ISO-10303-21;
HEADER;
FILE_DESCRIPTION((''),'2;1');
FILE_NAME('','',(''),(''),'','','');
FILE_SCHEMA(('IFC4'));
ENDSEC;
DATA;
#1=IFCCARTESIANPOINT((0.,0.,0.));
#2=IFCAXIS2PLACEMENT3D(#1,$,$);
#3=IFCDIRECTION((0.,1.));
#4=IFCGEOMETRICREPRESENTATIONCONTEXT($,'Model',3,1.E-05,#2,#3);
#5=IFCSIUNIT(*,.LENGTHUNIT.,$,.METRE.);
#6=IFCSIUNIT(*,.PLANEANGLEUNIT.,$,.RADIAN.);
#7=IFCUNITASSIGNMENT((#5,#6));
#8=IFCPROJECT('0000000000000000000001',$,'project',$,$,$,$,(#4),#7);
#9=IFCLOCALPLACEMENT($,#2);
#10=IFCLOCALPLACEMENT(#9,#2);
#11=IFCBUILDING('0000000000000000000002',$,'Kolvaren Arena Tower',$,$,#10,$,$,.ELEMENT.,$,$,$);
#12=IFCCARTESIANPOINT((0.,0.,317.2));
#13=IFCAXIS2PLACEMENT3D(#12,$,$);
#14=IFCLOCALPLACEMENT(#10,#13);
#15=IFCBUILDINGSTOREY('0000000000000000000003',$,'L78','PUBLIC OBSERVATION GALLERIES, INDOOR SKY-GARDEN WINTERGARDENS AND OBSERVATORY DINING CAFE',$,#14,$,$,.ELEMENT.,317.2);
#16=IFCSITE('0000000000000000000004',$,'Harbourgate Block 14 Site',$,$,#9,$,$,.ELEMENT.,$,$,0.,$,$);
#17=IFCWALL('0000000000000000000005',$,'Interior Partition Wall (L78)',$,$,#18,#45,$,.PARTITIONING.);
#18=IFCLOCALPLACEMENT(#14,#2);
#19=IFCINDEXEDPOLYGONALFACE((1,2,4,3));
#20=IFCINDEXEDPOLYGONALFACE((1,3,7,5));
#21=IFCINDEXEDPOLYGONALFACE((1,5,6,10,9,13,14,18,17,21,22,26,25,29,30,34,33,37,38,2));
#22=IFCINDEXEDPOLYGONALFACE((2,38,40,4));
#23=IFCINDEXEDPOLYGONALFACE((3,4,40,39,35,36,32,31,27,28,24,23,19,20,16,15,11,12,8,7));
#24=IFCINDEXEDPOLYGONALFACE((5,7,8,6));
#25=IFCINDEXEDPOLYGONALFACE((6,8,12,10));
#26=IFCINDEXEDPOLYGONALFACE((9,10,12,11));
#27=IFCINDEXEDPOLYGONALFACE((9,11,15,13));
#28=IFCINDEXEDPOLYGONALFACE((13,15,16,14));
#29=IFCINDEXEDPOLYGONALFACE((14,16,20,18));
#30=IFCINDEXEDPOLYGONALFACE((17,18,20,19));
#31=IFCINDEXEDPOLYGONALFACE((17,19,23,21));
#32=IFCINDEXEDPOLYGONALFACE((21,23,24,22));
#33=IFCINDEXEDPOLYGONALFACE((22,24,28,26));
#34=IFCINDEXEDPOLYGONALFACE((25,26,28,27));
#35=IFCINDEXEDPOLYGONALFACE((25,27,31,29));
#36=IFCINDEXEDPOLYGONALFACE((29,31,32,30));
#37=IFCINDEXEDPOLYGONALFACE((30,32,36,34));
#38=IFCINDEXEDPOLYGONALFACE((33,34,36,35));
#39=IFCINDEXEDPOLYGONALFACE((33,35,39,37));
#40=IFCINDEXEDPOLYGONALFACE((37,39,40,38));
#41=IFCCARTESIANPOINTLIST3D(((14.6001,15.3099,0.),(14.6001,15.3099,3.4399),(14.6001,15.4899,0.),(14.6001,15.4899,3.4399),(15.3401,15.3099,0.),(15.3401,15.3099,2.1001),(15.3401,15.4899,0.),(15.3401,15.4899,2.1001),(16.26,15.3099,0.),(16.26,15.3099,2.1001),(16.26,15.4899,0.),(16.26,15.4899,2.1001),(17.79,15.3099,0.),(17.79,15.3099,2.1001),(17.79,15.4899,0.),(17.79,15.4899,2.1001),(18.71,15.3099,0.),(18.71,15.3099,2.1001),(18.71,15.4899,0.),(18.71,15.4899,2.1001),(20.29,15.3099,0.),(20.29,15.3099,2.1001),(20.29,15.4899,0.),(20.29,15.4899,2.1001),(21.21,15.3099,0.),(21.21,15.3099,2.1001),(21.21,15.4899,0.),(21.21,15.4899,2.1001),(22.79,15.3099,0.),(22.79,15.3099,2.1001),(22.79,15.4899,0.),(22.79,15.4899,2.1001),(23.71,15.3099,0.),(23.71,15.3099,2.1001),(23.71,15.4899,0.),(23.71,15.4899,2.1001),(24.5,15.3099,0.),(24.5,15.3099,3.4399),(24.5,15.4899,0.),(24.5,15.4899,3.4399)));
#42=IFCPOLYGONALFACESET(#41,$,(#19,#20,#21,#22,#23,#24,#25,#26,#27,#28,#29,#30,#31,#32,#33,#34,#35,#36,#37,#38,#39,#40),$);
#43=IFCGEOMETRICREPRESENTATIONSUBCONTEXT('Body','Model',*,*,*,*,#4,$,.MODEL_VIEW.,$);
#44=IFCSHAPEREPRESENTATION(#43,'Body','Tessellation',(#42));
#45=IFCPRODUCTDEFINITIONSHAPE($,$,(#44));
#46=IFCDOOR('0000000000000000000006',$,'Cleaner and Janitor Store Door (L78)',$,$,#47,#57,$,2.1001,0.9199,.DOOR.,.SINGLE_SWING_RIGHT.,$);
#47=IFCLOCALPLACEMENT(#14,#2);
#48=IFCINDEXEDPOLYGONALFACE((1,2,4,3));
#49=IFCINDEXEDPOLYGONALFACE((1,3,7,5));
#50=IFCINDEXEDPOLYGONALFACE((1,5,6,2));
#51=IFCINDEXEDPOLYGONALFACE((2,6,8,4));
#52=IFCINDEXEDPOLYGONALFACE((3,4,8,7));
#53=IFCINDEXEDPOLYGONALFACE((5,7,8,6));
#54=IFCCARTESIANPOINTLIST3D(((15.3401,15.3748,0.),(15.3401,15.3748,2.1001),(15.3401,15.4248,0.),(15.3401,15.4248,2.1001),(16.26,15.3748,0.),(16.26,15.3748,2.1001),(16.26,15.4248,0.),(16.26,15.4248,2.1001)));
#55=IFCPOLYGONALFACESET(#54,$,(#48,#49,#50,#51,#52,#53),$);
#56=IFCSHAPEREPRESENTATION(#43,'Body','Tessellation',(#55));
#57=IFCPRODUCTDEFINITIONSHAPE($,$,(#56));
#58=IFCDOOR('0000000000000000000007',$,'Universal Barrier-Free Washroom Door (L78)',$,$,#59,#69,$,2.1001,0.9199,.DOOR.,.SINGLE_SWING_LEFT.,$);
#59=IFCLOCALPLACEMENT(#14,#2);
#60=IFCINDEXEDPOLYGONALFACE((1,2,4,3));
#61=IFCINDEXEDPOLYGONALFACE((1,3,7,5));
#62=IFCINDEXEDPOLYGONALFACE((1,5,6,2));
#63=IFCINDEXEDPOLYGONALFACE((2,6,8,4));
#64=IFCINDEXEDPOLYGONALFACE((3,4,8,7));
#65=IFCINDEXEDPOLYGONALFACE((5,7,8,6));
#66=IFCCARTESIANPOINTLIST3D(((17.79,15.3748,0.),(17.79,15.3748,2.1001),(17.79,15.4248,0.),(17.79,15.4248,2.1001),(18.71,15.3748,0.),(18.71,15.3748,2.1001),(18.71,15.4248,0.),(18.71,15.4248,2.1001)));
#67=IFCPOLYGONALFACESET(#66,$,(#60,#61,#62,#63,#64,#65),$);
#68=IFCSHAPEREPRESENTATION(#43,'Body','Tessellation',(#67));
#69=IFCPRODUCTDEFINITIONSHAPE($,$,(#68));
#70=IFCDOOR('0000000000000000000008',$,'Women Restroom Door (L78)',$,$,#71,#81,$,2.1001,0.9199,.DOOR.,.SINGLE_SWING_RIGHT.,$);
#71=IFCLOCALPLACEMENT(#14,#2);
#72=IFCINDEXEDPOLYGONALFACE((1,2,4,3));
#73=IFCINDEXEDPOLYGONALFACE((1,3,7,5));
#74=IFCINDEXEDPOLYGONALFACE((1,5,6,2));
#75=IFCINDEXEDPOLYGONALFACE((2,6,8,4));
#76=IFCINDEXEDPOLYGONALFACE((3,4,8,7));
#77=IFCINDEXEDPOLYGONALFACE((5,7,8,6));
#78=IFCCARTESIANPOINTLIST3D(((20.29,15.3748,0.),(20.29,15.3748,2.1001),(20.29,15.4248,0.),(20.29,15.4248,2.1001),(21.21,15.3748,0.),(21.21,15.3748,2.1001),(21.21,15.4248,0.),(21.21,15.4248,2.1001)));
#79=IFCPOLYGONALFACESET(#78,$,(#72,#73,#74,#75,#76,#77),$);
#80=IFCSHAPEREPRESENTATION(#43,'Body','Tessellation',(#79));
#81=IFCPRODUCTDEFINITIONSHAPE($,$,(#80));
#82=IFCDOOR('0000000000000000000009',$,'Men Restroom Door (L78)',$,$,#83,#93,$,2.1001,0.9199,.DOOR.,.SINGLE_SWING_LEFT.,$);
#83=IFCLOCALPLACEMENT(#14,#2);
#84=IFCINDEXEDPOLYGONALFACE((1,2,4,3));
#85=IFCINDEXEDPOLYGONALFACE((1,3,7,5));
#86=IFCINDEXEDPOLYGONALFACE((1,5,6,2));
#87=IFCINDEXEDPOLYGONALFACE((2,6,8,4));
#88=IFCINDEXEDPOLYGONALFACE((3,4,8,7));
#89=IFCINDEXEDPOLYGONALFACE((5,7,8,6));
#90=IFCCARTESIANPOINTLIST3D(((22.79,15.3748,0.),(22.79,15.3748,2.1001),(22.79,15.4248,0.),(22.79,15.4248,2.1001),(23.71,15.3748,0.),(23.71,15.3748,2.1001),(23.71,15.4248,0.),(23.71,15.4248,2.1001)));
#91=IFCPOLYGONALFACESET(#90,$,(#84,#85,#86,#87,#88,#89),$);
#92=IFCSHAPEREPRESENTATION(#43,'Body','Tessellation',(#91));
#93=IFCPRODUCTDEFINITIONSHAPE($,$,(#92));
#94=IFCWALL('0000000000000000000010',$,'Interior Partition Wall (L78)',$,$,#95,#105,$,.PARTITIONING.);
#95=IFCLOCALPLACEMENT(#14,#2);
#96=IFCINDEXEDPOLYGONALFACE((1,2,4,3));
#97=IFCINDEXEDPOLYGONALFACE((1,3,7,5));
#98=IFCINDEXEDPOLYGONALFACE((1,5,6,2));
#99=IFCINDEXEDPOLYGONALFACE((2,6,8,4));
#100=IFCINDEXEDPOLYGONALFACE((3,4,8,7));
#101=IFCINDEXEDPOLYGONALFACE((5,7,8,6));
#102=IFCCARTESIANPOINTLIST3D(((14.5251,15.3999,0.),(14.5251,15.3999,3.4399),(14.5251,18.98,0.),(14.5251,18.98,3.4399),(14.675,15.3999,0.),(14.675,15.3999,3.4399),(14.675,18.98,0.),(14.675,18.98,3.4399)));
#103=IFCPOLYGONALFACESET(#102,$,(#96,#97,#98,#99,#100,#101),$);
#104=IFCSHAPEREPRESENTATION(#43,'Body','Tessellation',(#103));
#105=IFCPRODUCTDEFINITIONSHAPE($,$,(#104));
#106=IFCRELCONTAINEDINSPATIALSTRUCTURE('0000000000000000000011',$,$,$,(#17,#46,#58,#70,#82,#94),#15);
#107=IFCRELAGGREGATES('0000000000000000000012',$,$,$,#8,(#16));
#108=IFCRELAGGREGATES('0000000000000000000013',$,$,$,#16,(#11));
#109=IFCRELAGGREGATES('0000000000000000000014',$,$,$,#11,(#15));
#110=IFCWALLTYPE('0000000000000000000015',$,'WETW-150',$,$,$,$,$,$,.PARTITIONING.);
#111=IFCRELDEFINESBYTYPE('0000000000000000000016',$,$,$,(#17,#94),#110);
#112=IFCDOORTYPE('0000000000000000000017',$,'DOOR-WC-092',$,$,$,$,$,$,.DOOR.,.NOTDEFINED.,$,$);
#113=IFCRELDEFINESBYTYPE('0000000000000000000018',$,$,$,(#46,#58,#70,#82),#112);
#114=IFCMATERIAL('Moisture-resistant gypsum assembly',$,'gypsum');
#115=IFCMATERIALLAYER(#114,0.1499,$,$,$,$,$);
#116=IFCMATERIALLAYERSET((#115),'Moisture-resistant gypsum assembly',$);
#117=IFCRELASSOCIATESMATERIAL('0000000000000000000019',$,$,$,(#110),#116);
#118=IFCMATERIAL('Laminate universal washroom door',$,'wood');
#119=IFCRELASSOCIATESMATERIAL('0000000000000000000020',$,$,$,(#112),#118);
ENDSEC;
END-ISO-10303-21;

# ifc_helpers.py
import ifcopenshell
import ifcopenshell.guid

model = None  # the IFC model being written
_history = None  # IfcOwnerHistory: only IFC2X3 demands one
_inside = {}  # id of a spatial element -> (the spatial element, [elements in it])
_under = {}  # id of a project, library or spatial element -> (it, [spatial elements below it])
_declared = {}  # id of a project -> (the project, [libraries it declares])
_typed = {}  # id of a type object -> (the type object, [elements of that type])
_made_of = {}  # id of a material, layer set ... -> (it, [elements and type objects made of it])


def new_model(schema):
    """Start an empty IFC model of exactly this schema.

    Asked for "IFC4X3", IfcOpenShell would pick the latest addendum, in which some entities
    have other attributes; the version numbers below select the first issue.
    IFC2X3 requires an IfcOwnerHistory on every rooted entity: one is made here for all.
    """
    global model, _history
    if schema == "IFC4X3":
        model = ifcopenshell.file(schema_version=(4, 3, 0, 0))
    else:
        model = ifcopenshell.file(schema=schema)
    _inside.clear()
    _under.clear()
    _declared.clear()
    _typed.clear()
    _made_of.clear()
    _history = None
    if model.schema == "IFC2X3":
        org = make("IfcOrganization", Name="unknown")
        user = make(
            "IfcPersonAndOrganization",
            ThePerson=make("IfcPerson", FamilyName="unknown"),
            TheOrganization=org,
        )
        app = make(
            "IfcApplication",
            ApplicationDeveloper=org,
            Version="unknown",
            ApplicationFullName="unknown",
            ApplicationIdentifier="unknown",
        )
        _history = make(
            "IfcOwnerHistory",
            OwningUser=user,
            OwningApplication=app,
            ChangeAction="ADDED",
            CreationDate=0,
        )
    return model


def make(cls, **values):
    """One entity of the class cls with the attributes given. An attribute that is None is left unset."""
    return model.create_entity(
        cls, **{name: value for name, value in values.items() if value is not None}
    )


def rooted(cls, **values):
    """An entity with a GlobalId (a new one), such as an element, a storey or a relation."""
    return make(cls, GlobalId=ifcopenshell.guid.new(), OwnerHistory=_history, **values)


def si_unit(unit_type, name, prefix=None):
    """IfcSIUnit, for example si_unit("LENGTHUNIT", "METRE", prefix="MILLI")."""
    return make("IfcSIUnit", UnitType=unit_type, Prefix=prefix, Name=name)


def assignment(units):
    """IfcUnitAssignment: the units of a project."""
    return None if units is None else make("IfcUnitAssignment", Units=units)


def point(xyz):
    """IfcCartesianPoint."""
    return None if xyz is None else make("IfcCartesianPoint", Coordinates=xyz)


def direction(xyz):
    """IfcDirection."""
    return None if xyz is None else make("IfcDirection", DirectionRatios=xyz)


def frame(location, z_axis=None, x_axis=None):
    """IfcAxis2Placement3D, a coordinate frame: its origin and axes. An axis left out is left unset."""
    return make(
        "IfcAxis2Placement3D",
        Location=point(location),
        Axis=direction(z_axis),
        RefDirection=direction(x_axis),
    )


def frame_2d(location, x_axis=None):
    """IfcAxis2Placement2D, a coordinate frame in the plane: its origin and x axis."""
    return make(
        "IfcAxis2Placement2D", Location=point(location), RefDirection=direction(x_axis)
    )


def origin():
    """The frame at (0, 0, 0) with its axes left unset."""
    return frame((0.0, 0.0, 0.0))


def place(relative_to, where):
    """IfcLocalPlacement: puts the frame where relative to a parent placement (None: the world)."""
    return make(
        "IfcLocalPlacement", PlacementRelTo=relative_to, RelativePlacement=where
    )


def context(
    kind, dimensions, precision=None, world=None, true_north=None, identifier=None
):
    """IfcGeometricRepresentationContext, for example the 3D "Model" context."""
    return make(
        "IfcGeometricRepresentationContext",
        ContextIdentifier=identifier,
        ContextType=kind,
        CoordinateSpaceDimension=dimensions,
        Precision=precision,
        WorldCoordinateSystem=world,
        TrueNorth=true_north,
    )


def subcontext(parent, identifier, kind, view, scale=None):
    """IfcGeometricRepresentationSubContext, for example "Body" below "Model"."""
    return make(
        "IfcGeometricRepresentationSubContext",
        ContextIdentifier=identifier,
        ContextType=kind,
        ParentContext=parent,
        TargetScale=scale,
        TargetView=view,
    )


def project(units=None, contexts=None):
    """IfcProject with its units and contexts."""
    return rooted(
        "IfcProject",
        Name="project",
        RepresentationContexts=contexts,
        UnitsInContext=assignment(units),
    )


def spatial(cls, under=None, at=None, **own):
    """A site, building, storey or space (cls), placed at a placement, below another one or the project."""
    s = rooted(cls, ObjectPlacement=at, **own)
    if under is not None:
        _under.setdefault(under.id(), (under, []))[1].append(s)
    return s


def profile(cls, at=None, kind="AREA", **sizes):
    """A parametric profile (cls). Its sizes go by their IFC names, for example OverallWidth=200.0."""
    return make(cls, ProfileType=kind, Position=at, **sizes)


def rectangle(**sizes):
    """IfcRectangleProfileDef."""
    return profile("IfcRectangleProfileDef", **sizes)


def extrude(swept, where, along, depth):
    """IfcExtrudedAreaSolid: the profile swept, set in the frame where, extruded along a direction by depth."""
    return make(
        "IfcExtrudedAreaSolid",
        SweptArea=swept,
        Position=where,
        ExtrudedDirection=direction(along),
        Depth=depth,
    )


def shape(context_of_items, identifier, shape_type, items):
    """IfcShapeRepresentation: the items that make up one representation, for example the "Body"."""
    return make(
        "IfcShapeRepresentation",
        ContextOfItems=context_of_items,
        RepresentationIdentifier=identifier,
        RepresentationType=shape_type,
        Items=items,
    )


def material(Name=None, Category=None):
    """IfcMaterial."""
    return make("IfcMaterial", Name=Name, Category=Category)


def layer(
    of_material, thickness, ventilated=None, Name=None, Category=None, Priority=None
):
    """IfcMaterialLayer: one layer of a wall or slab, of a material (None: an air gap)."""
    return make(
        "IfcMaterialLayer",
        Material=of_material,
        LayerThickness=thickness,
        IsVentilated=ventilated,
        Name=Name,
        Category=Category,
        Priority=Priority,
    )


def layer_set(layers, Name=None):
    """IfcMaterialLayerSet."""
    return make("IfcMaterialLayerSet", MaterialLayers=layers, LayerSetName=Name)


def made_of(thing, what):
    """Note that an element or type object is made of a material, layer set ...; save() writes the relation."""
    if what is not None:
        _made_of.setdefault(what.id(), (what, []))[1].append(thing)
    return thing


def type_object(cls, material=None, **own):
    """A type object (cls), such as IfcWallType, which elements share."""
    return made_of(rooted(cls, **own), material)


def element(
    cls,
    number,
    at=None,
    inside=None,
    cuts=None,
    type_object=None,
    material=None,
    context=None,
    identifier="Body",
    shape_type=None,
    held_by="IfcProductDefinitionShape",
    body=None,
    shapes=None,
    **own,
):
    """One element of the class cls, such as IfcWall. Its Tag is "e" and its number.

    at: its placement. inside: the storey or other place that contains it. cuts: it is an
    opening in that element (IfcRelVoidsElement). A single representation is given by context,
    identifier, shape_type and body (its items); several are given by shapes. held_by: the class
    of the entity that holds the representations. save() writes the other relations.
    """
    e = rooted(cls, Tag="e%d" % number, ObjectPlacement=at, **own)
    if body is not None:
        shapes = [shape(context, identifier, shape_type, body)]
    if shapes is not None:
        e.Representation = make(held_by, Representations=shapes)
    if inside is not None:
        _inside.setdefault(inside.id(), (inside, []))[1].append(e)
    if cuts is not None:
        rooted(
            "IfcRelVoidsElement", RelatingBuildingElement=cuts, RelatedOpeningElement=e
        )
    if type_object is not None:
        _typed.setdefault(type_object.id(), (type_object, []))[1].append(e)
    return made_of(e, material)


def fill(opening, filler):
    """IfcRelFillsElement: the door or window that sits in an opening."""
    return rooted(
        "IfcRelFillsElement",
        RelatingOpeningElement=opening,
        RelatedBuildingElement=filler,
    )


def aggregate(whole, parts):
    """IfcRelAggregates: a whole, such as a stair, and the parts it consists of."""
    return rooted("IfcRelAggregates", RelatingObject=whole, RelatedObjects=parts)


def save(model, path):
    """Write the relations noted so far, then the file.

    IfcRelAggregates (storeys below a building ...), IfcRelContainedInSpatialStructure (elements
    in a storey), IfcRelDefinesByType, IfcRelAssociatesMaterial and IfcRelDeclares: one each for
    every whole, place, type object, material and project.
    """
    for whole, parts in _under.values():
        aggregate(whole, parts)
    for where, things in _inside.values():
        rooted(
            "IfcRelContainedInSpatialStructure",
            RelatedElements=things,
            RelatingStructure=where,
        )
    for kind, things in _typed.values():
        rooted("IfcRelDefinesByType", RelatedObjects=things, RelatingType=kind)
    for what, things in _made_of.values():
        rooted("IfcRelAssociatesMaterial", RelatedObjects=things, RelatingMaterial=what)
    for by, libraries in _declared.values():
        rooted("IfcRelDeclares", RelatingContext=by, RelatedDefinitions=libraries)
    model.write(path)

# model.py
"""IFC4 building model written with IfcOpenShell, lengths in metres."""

from ifc_helpers import new_model, si_unit, direction, frame, frame_2d, origin, place, context, subcontext, project, spatial, rectangle, extrude, material, layer, layer_set, type_object, element, fill, save


model = new_model("IFC4")

# Units and contexts
model_context = context("Model", 3, precision=1e-05, world=origin(), true_north=direction((0.0, 1.0)))
body_context = subcontext(model_context, "Body", "Model", "MODEL_VIEW")
ifc_project = project(units=[si_unit("LENGTHUNIT", "METRE"), si_unit("PLANEANGLEUNIT", "RADIAN")], contexts=[model_context])

# Site, building, storey
site_placement = place(None, origin())
site = spatial("IfcSite", under=ifc_project, at=site_placement, Name="Harbourgate Block 14 Site", CompositionType="ELEMENT", RefElevation=0.0)
building_placement = place(site_placement, origin())
building = spatial("IfcBuilding", under=site, at=building_placement, Name="Kolvaren Arena Tower", CompositionType="ELEMENT")
storey_placement = place(building_placement, frame((0.0, 0.0, 317.2)))
storey = spatial("IfcBuildingStorey", under=building, at=storey_placement, Name="L78", Description="PUBLIC OBSERVATION GALLERIES, INDOOR SKY-GARDEN WINTERGARDENS AND OBSERVATORY DINING CAFE", CompositionType="ELEMENT", Elevation=317.2)

# Shared definitions
ifc_material_1 = material(Name="Moisture-resistant gypsum assembly", Category="gypsum")
ifc_layer_1 = layer(ifc_material_1, 0.1499)
ifc_layer_set_1 = layer_set([ifc_layer_1], Name="Moisture-resistant gypsum assembly")
wall_type_1 = type_object("IfcWallType", Name="WETW-150", PredefinedType="PARTITIONING", material=ifc_layer_set_1)

# Wall, openings, doors
wall_1_placement = place(storey_placement, frame((14.6001, 15.3999, 0.0), z_axis=(0.0, 0.0, 1.0), x_axis=(1.0, 0.0, 0.0)))
wall_1 = element("IfcWall", 1, at=wall_1_placement, inside=storey, type_object=wall_type_1, Name="Interior Partition Wall (L78)", PredefinedType="PARTITIONING", context=body_context, shape_type="SweptSolid", body=[
    extrude(rectangle(XDim=9.8999, YDim=0.1799, at=frame_2d((4.95, 0.0))), origin(), (0.0, 0.0, 1.0), 3.4399),
])
opening_1_placement = place(wall_1_placement, frame((0.74, 0.0, 0.0)))
opening_1 = element("IfcOpeningElement", 2, at=opening_1_placement, cuts=wall_1, PredefinedType="OPENING", context=body_context, shape_type="SweptSolid", body=[
    extrude(rectangle(XDim=0.9199, YDim=2.1001, at=frame_2d((0.46, 1.05))), frame((0.0, 0.0999, 0.0), z_axis=(0.0, -1.0, 0.0), x_axis=(1.0, 0.0, 0.0)), (0.0, 0.0, 1.0), 0.2),
])
opening_2_placement = place(wall_1_placement, frame((3.1899, 0.0, 0.0)))
opening_2 = element("IfcOpeningElement", 3, at=opening_2_placement, cuts=wall_1, PredefinedType="OPENING", context=body_context, shape_type="SweptSolid", body=[
    extrude(rectangle(XDim=0.9199, YDim=2.1001, at=frame_2d((0.46, 1.05))), frame((0.0, 0.0999, 0.0), z_axis=(0.0, -1.0, 0.0), x_axis=(1.0, 0.0, 0.0)), (0.0, 0.0, 1.0), 0.2),
])
opening_3_placement = place(wall_1_placement, frame((5.6899, 0.0, 0.0)))
opening_3 = element("IfcOpeningElement", 4, at=opening_3_placement, cuts=wall_1, PredefinedType="OPENING", context=body_context, shape_type="SweptSolid", body=[
    extrude(rectangle(XDim=0.9199, YDim=2.1001, at=frame_2d((0.46, 1.05))), frame((0.0, 0.0999, 0.0), z_axis=(0.0, -1.0, 0.0), x_axis=(1.0, 0.0, 0.0)), (0.0, 0.0, 1.0), 0.2),
])
opening_4_placement = place(wall_1_placement, frame((8.1899, 0.0, 0.0)))
opening_4 = element("IfcOpeningElement", 5, at=opening_4_placement, cuts=wall_1, PredefinedType="OPENING", context=body_context, shape_type="SweptSolid", body=[
    extrude(rectangle(XDim=0.9199, YDim=2.1001, at=frame_2d((0.46, 1.05))), frame((0.0, 0.0999, 0.0), z_axis=(0.0, -1.0, 0.0), x_axis=(1.0, 0.0, 0.0)), (0.0, 0.0, 1.0), 0.2),
])
ifc_material_2 = material(Name="Laminate universal washroom door", Category="wood")
door_type_1 = type_object("IfcDoorType", Name="DOOR-WC-092", OperationType="NOTDEFINED", PredefinedType="DOOR", material=ifc_material_2)
door_1_placement = place(opening_1_placement, origin())
door_1 = element("IfcDoor", 6, at=door_1_placement, inside=storey, type_object=door_type_1, Name="Cleaner and Janitor Store Door (L78)", OperationType="SINGLE_SWING_RIGHT", OverallHeight=2.1001, OverallWidth=0.9199, PredefinedType="DOOR", context=body_context, shape_type="SweptSolid", body=[
    extrude(rectangle(XDim=0.9199, YDim=2.1001, at=frame_2d((0.46, 1.05))), frame((0.0, 0.0249, 0.0), z_axis=(0.0, -1.0, 0.0), x_axis=(1.0, 0.0, 0.0)), (0.0, 0.0, 1.0), 0.05),
])
fill(opening_1, door_1)
door_2_placement = place(opening_2_placement, origin())
door_2 = element("IfcDoor", 7, at=door_2_placement, inside=storey, type_object=door_type_1, Name="Universal Barrier-Free Washroom Door (L78)", OperationType="SINGLE_SWING_LEFT", OverallHeight=2.1001, OverallWidth=0.9199, PredefinedType="DOOR", context=body_context, shape_type="SweptSolid", body=[
    extrude(rectangle(XDim=0.9199, YDim=2.1001, at=frame_2d((0.46, 1.05))), frame((0.0, 0.0249, 0.0), z_axis=(0.0, -1.0, 0.0), x_axis=(1.0, 0.0, 0.0)), (0.0, 0.0, 1.0), 0.05),
])
fill(opening_2, door_2)
door_3_placement = place(opening_3_placement, origin())
door_3 = element("IfcDoor", 8, at=door_3_placement, inside=storey, type_object=door_type_1, Name="Women Restroom Door (L78)", OperationType="SINGLE_SWING_RIGHT", OverallHeight=2.1001, OverallWidth=0.9199, PredefinedType="DOOR", context=body_context, shape_type="SweptSolid", body=[
    extrude(rectangle(XDim=0.9199, YDim=2.1001, at=frame_2d((0.46, 1.05))), frame((0.0, 0.0249, 0.0), z_axis=(0.0, -1.0, 0.0), x_axis=(1.0, 0.0, 0.0)), (0.0, 0.0, 1.0), 0.05),
])
fill(opening_3, door_3)
door_4_placement = place(opening_4_placement, origin())
door_4 = element("IfcDoor", 9, at=door_4_placement, inside=storey, type_object=door_type_1, Name="Men Restroom Door (L78)", OperationType="SINGLE_SWING_LEFT", OverallHeight=2.1001, OverallWidth=0.9199, PredefinedType="DOOR", context=body_context, shape_type="SweptSolid", body=[
    extrude(rectangle(XDim=0.9199, YDim=2.1001, at=frame_2d((0.46, 1.05))), frame((0.0, 0.0249, 0.0), z_axis=(0.0, -1.0, 0.0), x_axis=(1.0, 0.0, 0.0)), (0.0, 0.0, 1.0), 0.05),
])
fill(opening_4, door_4)

# Wall
wall_2_placement = place(storey_placement, frame((14.6001, 15.3999, 0.0), z_axis=(0.0, 0.0, 1.0), x_axis=(0.0, 1.0, 0.0)))
element("IfcWall", 10, at=wall_2_placement, inside=storey, type_object=wall_type_1, Name="Interior Partition Wall (L78)", PredefinedType="PARTITIONING", context=body_context, shape_type="SweptSolid", body=[
    extrude(rectangle(XDim=3.5801, YDim=0.1499, at=frame_2d((1.79, 0.0))), origin(), (0.0, 0.0, 1.0), 3.4399),
])

save(model, "model.ifc")
